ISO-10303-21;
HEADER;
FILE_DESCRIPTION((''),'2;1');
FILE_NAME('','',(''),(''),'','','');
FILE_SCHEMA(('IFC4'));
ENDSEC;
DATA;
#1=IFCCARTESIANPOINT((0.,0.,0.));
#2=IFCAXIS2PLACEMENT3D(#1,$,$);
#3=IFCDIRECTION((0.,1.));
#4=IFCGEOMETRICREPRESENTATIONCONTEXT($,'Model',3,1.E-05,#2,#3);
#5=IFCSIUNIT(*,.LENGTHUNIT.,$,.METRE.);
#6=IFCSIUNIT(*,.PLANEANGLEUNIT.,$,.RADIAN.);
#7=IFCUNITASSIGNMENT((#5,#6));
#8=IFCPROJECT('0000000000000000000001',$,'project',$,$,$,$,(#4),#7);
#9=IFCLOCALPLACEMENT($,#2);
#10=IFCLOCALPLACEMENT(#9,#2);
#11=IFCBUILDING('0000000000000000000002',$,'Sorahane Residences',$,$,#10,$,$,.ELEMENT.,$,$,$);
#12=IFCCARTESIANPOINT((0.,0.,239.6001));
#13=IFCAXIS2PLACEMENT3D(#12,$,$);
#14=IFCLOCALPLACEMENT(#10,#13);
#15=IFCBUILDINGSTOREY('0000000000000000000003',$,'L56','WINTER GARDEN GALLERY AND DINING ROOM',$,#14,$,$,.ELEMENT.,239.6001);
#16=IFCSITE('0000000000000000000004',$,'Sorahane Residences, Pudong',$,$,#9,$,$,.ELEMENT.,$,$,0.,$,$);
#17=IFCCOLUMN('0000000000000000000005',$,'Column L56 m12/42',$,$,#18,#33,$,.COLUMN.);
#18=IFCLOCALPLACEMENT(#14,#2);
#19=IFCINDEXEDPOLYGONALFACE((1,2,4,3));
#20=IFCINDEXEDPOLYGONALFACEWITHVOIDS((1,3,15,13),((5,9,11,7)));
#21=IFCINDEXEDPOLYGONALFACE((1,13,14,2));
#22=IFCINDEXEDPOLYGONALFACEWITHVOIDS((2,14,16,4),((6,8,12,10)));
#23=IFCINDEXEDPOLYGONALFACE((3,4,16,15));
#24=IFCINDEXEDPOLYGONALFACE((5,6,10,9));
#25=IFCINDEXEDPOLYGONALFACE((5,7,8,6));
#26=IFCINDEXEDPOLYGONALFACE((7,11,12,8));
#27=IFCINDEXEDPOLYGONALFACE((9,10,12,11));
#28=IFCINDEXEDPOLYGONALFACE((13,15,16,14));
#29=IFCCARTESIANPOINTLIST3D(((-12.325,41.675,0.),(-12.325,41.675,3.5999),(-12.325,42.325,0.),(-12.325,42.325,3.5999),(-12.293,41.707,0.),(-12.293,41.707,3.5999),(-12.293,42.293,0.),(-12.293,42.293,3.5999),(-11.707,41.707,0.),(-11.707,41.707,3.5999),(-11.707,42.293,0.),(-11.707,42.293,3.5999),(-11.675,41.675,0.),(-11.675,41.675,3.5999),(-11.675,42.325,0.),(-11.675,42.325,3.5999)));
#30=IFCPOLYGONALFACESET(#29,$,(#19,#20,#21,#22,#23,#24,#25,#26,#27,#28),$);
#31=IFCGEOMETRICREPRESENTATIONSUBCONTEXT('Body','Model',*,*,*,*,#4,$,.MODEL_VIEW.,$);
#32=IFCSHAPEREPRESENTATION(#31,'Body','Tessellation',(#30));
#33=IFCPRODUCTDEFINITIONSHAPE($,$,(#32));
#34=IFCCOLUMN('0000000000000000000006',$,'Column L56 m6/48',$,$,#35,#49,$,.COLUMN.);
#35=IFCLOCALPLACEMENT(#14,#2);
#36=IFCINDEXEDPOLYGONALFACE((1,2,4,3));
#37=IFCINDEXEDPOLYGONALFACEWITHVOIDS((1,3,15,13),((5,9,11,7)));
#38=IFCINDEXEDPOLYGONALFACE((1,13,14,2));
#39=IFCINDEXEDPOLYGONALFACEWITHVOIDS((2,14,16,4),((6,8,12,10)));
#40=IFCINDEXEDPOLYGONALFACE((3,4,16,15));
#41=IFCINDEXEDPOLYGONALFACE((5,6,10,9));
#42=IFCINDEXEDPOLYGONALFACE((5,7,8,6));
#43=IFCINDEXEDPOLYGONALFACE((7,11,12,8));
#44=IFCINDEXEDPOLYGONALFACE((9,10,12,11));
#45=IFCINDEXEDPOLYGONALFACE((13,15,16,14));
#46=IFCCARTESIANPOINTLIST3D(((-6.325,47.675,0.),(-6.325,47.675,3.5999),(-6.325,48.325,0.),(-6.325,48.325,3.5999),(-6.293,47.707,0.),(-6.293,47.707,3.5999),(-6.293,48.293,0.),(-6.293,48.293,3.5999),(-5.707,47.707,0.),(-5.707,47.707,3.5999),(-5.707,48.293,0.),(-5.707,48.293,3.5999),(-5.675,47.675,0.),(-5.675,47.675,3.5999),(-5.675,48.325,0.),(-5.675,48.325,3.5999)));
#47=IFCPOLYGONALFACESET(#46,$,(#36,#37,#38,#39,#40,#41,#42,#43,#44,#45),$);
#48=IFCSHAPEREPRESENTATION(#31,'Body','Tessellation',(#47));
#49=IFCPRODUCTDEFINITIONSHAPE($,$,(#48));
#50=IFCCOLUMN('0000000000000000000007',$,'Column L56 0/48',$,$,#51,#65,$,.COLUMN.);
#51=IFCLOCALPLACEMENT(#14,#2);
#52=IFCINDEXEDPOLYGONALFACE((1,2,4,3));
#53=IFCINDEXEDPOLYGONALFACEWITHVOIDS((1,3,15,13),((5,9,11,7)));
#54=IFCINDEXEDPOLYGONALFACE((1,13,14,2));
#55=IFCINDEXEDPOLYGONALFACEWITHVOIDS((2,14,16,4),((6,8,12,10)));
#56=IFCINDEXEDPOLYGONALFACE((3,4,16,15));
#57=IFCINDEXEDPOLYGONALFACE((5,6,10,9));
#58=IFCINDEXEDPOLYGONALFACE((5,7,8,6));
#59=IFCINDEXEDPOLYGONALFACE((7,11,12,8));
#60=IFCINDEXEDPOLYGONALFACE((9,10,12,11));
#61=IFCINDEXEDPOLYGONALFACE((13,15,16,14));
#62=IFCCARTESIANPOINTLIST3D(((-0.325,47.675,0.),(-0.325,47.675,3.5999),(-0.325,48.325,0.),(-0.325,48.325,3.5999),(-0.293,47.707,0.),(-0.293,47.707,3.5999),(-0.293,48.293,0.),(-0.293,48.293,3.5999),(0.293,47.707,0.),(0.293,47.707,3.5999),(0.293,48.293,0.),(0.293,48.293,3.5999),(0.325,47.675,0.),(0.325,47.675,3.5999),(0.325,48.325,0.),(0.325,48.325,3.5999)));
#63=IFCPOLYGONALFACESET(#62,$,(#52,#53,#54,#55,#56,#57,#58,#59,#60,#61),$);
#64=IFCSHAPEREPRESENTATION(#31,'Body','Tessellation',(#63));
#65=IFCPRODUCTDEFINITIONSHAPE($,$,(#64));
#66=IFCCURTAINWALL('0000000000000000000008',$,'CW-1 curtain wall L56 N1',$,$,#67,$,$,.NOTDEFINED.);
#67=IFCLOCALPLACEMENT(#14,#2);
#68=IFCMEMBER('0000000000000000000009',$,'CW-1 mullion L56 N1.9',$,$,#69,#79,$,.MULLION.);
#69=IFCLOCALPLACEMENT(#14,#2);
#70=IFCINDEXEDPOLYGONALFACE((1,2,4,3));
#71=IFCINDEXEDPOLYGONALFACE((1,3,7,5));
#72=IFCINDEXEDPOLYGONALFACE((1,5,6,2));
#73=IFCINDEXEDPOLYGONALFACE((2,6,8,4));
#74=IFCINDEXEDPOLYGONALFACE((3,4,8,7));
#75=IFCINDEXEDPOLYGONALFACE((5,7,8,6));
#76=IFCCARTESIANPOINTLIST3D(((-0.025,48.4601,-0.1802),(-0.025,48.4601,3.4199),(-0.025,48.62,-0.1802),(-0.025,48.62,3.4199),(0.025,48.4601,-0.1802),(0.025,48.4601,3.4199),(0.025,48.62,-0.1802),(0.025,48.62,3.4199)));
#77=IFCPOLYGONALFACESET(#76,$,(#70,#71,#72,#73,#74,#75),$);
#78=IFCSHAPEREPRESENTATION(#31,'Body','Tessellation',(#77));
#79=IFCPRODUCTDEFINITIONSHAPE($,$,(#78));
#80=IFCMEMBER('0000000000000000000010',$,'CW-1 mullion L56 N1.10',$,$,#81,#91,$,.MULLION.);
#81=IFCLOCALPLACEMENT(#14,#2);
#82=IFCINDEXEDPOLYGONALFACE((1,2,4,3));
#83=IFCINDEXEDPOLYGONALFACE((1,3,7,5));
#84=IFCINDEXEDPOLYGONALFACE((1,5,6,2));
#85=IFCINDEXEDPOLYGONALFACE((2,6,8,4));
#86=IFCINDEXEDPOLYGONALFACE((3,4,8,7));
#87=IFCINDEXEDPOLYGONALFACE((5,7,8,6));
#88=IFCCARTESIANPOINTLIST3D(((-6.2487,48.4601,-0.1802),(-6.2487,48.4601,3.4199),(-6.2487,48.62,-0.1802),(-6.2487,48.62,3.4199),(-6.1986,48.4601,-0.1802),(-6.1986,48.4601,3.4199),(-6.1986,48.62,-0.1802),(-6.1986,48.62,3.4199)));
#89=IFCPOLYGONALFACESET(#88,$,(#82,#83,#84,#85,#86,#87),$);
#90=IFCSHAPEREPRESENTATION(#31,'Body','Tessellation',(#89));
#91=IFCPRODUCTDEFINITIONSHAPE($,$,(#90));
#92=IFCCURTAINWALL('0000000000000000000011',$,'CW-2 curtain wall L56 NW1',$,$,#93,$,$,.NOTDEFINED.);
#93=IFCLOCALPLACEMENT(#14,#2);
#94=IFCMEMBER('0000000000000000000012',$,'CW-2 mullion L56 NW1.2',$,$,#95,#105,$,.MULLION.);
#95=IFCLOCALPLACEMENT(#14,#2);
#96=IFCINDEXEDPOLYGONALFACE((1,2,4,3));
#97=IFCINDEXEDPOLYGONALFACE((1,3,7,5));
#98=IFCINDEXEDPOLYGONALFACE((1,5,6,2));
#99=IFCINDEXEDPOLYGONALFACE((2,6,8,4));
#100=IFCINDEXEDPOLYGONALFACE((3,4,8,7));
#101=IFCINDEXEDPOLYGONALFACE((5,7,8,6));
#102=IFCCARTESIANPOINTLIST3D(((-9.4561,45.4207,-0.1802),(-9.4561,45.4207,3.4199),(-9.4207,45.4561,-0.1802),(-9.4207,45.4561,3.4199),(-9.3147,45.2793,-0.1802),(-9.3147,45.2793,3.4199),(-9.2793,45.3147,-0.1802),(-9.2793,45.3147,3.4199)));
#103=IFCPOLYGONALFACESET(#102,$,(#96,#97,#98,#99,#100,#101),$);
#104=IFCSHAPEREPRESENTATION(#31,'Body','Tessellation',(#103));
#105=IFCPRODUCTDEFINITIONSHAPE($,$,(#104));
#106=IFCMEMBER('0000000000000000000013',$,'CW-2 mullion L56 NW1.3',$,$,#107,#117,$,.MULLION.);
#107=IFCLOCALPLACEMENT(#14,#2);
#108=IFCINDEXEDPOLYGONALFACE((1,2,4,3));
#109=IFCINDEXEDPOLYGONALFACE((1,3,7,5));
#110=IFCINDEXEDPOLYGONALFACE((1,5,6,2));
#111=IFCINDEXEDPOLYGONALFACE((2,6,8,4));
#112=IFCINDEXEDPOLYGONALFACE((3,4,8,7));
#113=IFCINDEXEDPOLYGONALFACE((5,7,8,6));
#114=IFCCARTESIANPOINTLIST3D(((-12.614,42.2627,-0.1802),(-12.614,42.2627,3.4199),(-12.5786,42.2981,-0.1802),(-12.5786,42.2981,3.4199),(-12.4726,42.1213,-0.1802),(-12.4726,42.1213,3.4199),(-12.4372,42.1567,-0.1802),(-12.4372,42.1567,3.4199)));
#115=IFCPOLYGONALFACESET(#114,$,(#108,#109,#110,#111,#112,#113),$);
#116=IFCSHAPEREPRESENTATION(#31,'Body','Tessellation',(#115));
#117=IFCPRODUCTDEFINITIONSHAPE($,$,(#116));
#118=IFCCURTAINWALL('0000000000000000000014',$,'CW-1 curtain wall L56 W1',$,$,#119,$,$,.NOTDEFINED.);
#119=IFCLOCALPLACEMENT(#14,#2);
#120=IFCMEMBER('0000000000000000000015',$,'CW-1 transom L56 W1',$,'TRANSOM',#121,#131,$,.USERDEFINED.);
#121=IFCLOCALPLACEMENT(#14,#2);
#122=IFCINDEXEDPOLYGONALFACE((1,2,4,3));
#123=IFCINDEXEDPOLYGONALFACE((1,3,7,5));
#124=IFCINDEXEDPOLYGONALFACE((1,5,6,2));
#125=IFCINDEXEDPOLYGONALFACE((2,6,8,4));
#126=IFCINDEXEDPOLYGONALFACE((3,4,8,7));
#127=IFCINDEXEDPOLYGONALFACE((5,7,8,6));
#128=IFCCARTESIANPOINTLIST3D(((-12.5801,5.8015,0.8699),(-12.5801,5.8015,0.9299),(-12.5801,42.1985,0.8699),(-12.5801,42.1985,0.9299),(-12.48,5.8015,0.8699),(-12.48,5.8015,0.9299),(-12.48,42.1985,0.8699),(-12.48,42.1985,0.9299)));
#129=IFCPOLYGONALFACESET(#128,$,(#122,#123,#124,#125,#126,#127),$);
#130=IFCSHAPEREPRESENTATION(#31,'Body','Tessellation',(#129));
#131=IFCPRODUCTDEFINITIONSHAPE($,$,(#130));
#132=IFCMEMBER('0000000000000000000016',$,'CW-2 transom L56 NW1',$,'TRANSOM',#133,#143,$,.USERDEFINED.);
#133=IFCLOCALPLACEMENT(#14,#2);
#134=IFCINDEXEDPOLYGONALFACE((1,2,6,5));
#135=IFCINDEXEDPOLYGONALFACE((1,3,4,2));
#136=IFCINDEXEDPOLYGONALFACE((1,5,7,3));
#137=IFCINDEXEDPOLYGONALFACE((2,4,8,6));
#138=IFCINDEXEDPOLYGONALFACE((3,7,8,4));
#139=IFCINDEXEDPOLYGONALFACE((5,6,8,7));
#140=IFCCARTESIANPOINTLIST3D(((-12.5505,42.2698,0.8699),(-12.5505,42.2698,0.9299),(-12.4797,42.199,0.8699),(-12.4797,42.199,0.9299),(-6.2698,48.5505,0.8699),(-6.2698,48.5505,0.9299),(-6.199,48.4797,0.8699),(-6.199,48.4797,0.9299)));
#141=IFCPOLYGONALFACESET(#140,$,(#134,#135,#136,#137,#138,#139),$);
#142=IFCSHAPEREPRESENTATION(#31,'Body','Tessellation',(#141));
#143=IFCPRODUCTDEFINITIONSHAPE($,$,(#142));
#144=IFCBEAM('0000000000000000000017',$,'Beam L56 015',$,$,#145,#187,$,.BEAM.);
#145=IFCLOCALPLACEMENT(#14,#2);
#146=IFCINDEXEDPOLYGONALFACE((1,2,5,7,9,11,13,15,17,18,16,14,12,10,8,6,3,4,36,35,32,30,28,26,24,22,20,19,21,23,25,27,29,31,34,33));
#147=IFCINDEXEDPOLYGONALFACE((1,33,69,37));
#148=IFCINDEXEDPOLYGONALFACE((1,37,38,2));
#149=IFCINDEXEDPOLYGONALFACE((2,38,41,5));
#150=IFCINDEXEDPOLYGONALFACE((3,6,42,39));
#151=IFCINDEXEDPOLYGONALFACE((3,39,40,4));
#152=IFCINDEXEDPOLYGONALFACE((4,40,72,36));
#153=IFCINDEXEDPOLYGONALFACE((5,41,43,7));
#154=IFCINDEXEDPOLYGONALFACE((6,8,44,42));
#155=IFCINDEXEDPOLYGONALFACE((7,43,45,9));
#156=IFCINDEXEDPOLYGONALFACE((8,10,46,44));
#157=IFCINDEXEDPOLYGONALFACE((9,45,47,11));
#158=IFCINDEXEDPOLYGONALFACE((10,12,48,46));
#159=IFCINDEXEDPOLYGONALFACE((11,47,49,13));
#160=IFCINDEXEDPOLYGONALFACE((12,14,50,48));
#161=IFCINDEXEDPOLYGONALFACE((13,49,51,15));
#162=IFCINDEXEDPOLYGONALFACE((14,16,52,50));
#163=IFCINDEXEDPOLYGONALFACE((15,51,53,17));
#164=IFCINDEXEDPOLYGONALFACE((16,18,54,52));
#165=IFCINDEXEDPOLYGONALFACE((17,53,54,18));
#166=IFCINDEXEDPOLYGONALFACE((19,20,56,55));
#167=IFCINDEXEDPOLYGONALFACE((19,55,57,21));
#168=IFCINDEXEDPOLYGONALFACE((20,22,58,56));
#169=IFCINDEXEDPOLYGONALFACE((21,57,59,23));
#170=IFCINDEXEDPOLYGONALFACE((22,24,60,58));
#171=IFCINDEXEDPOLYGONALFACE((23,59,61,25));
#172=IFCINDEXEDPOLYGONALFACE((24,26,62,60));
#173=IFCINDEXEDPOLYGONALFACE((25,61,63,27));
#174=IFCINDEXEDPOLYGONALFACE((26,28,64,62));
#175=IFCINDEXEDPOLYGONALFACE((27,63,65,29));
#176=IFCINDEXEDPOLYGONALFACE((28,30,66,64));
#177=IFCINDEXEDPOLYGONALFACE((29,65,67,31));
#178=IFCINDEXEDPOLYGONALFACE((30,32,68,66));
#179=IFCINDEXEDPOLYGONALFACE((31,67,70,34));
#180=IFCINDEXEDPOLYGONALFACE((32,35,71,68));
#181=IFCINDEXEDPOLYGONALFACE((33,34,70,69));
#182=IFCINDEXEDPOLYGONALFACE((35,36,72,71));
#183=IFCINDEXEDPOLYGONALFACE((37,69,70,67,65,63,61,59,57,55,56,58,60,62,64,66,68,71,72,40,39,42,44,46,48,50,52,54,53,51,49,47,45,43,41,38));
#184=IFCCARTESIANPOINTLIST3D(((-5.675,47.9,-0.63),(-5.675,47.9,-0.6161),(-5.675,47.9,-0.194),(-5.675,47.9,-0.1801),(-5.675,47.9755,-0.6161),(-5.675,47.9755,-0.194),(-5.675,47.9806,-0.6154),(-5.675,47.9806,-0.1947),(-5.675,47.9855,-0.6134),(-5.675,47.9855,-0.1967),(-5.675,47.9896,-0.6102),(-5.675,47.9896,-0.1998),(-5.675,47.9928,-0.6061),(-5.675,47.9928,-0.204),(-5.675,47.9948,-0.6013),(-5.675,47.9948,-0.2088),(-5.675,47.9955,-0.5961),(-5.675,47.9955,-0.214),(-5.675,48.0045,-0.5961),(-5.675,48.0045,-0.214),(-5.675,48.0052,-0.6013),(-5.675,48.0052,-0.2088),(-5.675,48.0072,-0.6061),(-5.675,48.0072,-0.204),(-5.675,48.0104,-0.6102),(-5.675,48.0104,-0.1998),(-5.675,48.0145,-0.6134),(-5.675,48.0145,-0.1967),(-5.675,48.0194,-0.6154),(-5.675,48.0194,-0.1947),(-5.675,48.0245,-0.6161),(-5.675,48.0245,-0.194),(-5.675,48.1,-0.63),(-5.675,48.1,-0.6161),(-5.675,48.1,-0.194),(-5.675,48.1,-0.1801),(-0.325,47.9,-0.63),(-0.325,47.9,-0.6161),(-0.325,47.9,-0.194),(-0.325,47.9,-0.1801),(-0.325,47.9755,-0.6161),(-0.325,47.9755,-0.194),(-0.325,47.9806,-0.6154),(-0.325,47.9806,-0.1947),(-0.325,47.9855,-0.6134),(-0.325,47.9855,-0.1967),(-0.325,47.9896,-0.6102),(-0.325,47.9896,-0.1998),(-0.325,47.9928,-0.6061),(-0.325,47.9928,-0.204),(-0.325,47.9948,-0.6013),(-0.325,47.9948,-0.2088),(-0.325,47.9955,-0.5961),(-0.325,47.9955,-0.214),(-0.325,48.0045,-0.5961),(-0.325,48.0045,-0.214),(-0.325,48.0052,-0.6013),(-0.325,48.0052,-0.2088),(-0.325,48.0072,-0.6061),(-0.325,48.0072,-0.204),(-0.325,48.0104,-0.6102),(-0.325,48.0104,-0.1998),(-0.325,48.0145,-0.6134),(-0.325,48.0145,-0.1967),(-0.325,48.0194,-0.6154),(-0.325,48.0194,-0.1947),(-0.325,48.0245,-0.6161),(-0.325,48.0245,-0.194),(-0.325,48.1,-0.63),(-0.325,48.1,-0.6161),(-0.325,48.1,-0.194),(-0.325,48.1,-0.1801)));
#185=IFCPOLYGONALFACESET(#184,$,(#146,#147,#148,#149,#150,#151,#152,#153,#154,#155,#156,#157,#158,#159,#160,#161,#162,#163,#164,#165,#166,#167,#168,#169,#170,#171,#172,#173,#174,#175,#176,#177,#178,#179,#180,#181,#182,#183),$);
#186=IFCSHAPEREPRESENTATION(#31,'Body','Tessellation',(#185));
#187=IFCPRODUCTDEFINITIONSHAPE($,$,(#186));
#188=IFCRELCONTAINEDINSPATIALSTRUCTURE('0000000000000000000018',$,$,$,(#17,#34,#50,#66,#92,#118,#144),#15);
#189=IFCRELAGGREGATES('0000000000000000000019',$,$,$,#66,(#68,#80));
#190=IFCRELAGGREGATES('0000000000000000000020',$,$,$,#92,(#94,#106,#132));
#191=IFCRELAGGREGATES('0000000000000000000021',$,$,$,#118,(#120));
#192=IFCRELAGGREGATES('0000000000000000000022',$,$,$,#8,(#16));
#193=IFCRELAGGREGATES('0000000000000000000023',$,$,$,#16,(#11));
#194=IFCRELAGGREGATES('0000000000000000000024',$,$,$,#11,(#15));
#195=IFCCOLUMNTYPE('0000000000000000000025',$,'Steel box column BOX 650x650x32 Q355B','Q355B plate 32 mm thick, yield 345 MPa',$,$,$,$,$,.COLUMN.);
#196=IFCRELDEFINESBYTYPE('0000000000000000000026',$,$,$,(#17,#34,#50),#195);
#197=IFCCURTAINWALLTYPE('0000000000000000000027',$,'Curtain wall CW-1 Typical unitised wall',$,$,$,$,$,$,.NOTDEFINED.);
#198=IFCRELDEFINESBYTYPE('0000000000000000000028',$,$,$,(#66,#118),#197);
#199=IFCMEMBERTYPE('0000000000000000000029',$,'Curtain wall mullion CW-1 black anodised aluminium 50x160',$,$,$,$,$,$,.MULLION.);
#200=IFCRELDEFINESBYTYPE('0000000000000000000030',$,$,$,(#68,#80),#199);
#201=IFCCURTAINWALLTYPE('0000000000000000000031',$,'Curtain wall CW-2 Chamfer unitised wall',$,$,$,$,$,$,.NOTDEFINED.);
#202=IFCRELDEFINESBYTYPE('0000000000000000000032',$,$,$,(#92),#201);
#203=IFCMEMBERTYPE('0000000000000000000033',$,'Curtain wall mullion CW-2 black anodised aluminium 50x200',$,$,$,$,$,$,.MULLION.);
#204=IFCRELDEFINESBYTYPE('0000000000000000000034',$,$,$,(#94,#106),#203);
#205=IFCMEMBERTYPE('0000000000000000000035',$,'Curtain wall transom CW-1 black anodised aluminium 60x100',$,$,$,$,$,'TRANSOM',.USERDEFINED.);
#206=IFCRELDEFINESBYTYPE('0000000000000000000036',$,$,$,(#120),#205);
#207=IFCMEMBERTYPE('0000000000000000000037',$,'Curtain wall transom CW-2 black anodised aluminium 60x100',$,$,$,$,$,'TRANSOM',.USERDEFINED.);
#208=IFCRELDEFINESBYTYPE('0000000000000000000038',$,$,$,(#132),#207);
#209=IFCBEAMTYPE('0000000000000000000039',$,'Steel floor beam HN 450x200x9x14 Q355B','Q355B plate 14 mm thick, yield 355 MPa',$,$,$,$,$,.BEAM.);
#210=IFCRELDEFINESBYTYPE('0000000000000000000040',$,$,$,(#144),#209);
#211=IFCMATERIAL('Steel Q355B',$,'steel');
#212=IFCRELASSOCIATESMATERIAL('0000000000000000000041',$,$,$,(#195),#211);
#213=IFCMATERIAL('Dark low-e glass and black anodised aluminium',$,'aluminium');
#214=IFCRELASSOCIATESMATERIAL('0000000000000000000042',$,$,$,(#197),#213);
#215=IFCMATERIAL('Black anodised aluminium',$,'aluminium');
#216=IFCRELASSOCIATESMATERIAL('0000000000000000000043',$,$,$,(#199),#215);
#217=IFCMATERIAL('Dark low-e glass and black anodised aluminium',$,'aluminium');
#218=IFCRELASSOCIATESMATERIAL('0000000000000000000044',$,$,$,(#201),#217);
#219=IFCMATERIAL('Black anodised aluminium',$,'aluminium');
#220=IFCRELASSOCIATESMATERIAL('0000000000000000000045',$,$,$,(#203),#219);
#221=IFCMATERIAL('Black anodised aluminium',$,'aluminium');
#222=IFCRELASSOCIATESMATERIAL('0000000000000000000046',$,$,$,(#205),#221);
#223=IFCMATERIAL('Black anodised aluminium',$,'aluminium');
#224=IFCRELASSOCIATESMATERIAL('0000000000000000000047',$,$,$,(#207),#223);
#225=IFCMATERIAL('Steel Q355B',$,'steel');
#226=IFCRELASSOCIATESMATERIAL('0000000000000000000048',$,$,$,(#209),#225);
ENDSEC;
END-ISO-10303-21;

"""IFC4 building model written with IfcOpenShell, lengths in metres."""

from ifc_helpers import new_model, si_unit, direction, frame, origin, origin_2d, place, context, subcontext, project, spatial, rectangle, hollow_rectangle, i_section, extrude, material, material_profile, profile_set, type_object, element, aggregate, save


model = new_model("IFC4")

# Units and contexts
model_context = context("Model", 3, precision=1e-05, world=origin(), true_north=direction((0.0, 1.0)))
body_context = subcontext(model_context, "Body", "Model", "MODEL_VIEW")
ifc_project = project(units=[si_unit("LENGTHUNIT", "METRE"), si_unit("PLANEANGLEUNIT", "RADIAN")], contexts=[model_context])

# Site, building, storey
site_placement = place(None, origin())
site = spatial("IfcSite", under=ifc_project, at=site_placement, Name="Sorahane Residences, Pudong", CompositionType="ELEMENT", RefElevation=0.0)
building_placement = place(site_placement, origin())
building = spatial("IfcBuilding", under=site, at=building_placement, Name="Sorahane Residences", CompositionType="ELEMENT")
storey_placement = place(building_placement, frame((0.0, 0.0, 239.6001)))
storey = spatial("IfcBuildingStorey", under=building, at=storey_placement, Name="L56", Description="WINTER GARDEN GALLERY AND DINING ROOM", CompositionType="ELEMENT", Elevation=239.6001)

# Columns
ifc_material_1 = material(Name="Steel Q355B", Category="steel")
ifc_material_profile_1 = material_profile(ifc_material_1, hollow_rectangle(XDim=0.6499, YDim=0.6499, WallThickness=0.032, at=origin_2d()), Name="BOX 650x650x32")
ifc_profile_set_1 = profile_set([ifc_material_profile_1], Name="Steel Q355B")
column_type = type_object("IfcColumnType", Name="Steel box column BOX 650x650x32 Q355B", Description="Q355B plate 32 mm thick, yield 345 MPa", PredefinedType="COLUMN", material=ifc_profile_set_1)
for number, where, z_axis, x_axis, name in (
    (1, (-12.0, 42.0, 0.0), (0.0, 0.0, 1.0), (1.0, 0.0, 0.0), "Column L56 m12/42"),
    (2, (-6.0, 48.0, 0.0), (0.0, 0.0, 1.0), (1.0, 0.0, 0.0), "Column L56 m6/48"),
    (3, (0.0, 48.0, 0.0), (0.0, 0.0, 1.0), (1.0, 0.0, 0.0), "Column L56 0/48"),
):
    element("IfcColumn", number, at=place(storey_placement, frame(where, z_axis=z_axis, x_axis=x_axis)), inside=storey, type_object=column_type, Name=name, PredefinedType="COLUMN", context=body_context, shape_type="SweptSolid", body=[
        extrude(hollow_rectangle(XDim=0.6499, YDim=0.6499, WallThickness=0.032, at=origin_2d()), origin(), (0.0, 0.0, 1.0), 3.5999),
    ])

# Curtain walls, members
ifc_material_2 = material(Name="Dark low-e glass and black anodised aluminium", Category="aluminium")
curtain_wall_type_1 = type_object("IfcCurtainWallType", Name="Curtain wall CW-1 Typical unitised wall", PredefinedType="NOTDEFINED", material=ifc_material_2)
curtain_wall_1_placement = place(storey_placement, origin())
curtain_wall_1 = element("IfcCurtainWall", 4, at=curtain_wall_1_placement, inside=storey, type_object=curtain_wall_type_1, Name="CW-1 curtain wall L56 N1", PredefinedType="NOTDEFINED")
ifc_material_3 = material(Name="Black anodised aluminium", Category="aluminium")
ifc_material_profile_2 = material_profile(ifc_material_3, rectangle(XDim=0.1599, YDim=0.05, at=origin_2d()), Name="Curtain wall mullion CW-1 black anodised aluminium 50x160")
ifc_profile_set_2 = profile_set([ifc_material_profile_2], Name="Black anodised aluminium")
member_type_1 = type_object("IfcMemberType", Name="Curtain wall mullion CW-1 black anodised aluminium 50x160", PredefinedType="MULLION", material=ifc_profile_set_2)
member_1_placement = place(storey_placement, frame((0.0, 48.54, -0.1802), z_axis=(0.0, 0.0, 1.0), x_axis=(0.0, 1.0, 0.0)))
member_1 = element("IfcMember", 5, at=member_1_placement, type_object=member_type_1, Name="CW-1 mullion L56 N1.9", PredefinedType="MULLION", context=body_context, shape_type="SweptSolid", body=[
    extrude(rectangle(XDim=0.1599, YDim=0.05, at=origin_2d()), origin(), (0.0, 0.0, 1.0), 3.6001),
])
member_2_placement = place(storey_placement, frame((-6.2236, 48.54, -0.1802), z_axis=(0.0, 0.0, 1.0), x_axis=(0.0, 1.0, 0.0)))
member_2 = element("IfcMember", 6, at=member_2_placement, type_object=member_type_1, Name="CW-1 mullion L56 N1.10", PredefinedType="MULLION", context=body_context, shape_type="SweptSolid", body=[
    extrude(rectangle(XDim=0.1599, YDim=0.05, at=origin_2d()), origin(), (0.0, 0.0, 1.0), 3.6001),
])
ifc_material_4 = material(Name="Dark low-e glass and black anodised aluminium", Category="aluminium")
curtain_wall_type_2 = type_object("IfcCurtainWallType", Name="Curtain wall CW-2 Chamfer unitised wall", PredefinedType="NOTDEFINED", material=ifc_material_4)
curtain_wall_2_placement = place(storey_placement, origin())
curtain_wall_2 = element("IfcCurtainWall", 7, at=curtain_wall_2_placement, inside=storey, type_object=curtain_wall_type_2, Name="CW-2 curtain wall L56 NW1", PredefinedType="NOTDEFINED")
ifc_material_5 = material(Name="Black anodised aluminium", Category="aluminium")
ifc_material_profile_3 = material_profile(ifc_material_5, rectangle(XDim=0.2, YDim=0.05, at=origin_2d()), Name="Curtain wall mullion CW-2 black anodised aluminium 50x200")
ifc_profile_set_3 = profile_set([ifc_material_profile_3], Name="Black anodised aluminium")
member_type_2 = type_object("IfcMemberType", Name="Curtain wall mullion CW-2 black anodised aluminium 50x200", PredefinedType="MULLION", material=ifc_profile_set_3)
member_3_placement = place(storey_placement, frame((-9.3677, 45.3677, -0.1802), z_axis=(0.0, 0.0, 1.0), x_axis=(-0.707107, 0.707107, 0.0)))
member_3 = element("IfcMember", 8, at=member_3_placement, type_object=member_type_2, Name="CW-2 mullion L56 NW1.2", PredefinedType="MULLION", context=body_context, shape_type="SweptSolid", body=[
    extrude(rectangle(XDim=0.2, YDim=0.05, at=origin_2d()), origin(), (0.0, 0.0, 1.0), 3.6001),
])
member_4_placement = place(storey_placement, frame((-12.5256, 42.2097, -0.1802), z_axis=(0.0, 0.0, 1.0), x_axis=(-0.707107, 0.707107, 0.0)))
member_4 = element("IfcMember", 9, at=member_4_placement, type_object=member_type_2, Name="CW-2 mullion L56 NW1.3", PredefinedType="MULLION", context=body_context, shape_type="SweptSolid", body=[
    extrude(rectangle(XDim=0.2, YDim=0.05, at=origin_2d()), origin(), (0.0, 0.0, 1.0), 3.6001),
])

# Curtain wall, member
curtain_wall_3_placement = place(storey_placement, origin())
curtain_wall_3 = element("IfcCurtainWall", 10, at=curtain_wall_3_placement, inside=storey, type_object=curtain_wall_type_1, Name="CW-1 curtain wall L56 W1", PredefinedType="NOTDEFINED")
ifc_material_6 = material(Name="Black anodised aluminium", Category="aluminium")
ifc_material_profile_4 = material_profile(ifc_material_6, rectangle(XDim=0.1001, YDim=0.0601, at=origin_2d()), Name="Curtain wall transom CW-1 black anodised aluminium 60x100")
ifc_profile_set_4 = profile_set([ifc_material_profile_4], Name="Black anodised aluminium")
member_type_3 = type_object("IfcMemberType", Name="Curtain wall transom CW-1 black anodised aluminium 60x100", ElementType="TRANSOM", PredefinedType="USERDEFINED", material=ifc_profile_set_4)
member_5_placement = place(storey_placement, frame((-12.53, 42.1985, 0.8999), z_axis=(0.0, -1.0, 0.0), x_axis=(1.0, 0.0, 0.0)))
member_5 = element("IfcMember", 11, at=member_5_placement, type_object=member_type_3, Name="CW-1 transom L56 W1", ObjectType="TRANSOM", PredefinedType="USERDEFINED", context=body_context, shape_type="SweptSolid", body=[
    extrude(rectangle(XDim=0.1001, YDim=0.0601, at=origin_2d()), origin(), (0.0, 0.0, 1.0), 36.397),
])

# Member
ifc_material_7 = material(Name="Black anodised aluminium", Category="aluminium")
ifc_material_profile_5 = material_profile(ifc_material_7, rectangle(XDim=0.1001, YDim=0.0601, at=origin_2d()), Name="Curtain wall transom CW-2 black anodised aluminium 60x100")
ifc_profile_set_5 = profile_set([ifc_material_profile_5], Name="Black anodised aluminium")
member_type_4 = type_object("IfcMemberType", Name="Curtain wall transom CW-2 black anodised aluminium 60x100", ElementType="TRANSOM", PredefinedType="USERDEFINED", material=ifc_profile_set_5)
member_6_placement = place(storey_placement, frame((-6.2344, 48.5151, 0.8999), z_axis=(-0.707107, -0.707107, 0.0), x_axis=(0.707107, -0.707107, 0.0)))
member_6 = element("IfcMember", 12, at=member_6_placement, type_object=member_type_4, Name="CW-2 transom L56 NW1", ObjectType="TRANSOM", PredefinedType="USERDEFINED", context=body_context, shape_type="SweptSolid", body=[
    extrude(rectangle(XDim=0.1001, YDim=0.0601, at=origin_2d()), origin(), (0.0, 0.0, 1.0), 8.8823),
])

# Beam
ifc_material_8 = material(Name="Steel Q355B", Category="steel")
ifc_material_profile_6 = material_profile(ifc_material_8, i_section(OverallWidth=0.2, OverallDepth=0.45, WebThickness=0.009, FlangeThickness=0.0139, FilletRadius=0.02, at=origin_2d()), Name="HN 450x200x9x14")
ifc_profile_set_6 = profile_set([ifc_material_profile_6], Name="Steel Q355B")
beam_type_1 = type_object("IfcBeamType", Name="Steel floor beam HN 450x200x9x14 Q355B", Description="Q355B plate 14 mm thick, yield 355 MPa", PredefinedType="BEAM", material=ifc_profile_set_6)
beam_1_placement = place(storey_placement, frame((-5.675, 48.0, -0.405), z_axis=(1.0, 0.0, 0.0), x_axis=(0.0, 1.0, 0.0)))
element("IfcBeam", 13, at=beam_1_placement, inside=storey, type_object=beam_type_1, Name="Beam L56 015", PredefinedType="BEAM", context=body_context, shape_type="SweptSolid", body=[
    extrude(i_section(OverallWidth=0.2, OverallDepth=0.45, WebThickness=0.009, FlangeThickness=0.0139, FilletRadius=0.02, at=origin_2d()), origin(), (0.0, 0.0, 1.0), 5.3501),
])

aggregate(curtain_wall_1, [member_1, member_2])
aggregate(curtain_wall_2, [member_3, member_4, member_6])
aggregate(curtain_wall_3, [member_5])

save(model, "model.ifc")
